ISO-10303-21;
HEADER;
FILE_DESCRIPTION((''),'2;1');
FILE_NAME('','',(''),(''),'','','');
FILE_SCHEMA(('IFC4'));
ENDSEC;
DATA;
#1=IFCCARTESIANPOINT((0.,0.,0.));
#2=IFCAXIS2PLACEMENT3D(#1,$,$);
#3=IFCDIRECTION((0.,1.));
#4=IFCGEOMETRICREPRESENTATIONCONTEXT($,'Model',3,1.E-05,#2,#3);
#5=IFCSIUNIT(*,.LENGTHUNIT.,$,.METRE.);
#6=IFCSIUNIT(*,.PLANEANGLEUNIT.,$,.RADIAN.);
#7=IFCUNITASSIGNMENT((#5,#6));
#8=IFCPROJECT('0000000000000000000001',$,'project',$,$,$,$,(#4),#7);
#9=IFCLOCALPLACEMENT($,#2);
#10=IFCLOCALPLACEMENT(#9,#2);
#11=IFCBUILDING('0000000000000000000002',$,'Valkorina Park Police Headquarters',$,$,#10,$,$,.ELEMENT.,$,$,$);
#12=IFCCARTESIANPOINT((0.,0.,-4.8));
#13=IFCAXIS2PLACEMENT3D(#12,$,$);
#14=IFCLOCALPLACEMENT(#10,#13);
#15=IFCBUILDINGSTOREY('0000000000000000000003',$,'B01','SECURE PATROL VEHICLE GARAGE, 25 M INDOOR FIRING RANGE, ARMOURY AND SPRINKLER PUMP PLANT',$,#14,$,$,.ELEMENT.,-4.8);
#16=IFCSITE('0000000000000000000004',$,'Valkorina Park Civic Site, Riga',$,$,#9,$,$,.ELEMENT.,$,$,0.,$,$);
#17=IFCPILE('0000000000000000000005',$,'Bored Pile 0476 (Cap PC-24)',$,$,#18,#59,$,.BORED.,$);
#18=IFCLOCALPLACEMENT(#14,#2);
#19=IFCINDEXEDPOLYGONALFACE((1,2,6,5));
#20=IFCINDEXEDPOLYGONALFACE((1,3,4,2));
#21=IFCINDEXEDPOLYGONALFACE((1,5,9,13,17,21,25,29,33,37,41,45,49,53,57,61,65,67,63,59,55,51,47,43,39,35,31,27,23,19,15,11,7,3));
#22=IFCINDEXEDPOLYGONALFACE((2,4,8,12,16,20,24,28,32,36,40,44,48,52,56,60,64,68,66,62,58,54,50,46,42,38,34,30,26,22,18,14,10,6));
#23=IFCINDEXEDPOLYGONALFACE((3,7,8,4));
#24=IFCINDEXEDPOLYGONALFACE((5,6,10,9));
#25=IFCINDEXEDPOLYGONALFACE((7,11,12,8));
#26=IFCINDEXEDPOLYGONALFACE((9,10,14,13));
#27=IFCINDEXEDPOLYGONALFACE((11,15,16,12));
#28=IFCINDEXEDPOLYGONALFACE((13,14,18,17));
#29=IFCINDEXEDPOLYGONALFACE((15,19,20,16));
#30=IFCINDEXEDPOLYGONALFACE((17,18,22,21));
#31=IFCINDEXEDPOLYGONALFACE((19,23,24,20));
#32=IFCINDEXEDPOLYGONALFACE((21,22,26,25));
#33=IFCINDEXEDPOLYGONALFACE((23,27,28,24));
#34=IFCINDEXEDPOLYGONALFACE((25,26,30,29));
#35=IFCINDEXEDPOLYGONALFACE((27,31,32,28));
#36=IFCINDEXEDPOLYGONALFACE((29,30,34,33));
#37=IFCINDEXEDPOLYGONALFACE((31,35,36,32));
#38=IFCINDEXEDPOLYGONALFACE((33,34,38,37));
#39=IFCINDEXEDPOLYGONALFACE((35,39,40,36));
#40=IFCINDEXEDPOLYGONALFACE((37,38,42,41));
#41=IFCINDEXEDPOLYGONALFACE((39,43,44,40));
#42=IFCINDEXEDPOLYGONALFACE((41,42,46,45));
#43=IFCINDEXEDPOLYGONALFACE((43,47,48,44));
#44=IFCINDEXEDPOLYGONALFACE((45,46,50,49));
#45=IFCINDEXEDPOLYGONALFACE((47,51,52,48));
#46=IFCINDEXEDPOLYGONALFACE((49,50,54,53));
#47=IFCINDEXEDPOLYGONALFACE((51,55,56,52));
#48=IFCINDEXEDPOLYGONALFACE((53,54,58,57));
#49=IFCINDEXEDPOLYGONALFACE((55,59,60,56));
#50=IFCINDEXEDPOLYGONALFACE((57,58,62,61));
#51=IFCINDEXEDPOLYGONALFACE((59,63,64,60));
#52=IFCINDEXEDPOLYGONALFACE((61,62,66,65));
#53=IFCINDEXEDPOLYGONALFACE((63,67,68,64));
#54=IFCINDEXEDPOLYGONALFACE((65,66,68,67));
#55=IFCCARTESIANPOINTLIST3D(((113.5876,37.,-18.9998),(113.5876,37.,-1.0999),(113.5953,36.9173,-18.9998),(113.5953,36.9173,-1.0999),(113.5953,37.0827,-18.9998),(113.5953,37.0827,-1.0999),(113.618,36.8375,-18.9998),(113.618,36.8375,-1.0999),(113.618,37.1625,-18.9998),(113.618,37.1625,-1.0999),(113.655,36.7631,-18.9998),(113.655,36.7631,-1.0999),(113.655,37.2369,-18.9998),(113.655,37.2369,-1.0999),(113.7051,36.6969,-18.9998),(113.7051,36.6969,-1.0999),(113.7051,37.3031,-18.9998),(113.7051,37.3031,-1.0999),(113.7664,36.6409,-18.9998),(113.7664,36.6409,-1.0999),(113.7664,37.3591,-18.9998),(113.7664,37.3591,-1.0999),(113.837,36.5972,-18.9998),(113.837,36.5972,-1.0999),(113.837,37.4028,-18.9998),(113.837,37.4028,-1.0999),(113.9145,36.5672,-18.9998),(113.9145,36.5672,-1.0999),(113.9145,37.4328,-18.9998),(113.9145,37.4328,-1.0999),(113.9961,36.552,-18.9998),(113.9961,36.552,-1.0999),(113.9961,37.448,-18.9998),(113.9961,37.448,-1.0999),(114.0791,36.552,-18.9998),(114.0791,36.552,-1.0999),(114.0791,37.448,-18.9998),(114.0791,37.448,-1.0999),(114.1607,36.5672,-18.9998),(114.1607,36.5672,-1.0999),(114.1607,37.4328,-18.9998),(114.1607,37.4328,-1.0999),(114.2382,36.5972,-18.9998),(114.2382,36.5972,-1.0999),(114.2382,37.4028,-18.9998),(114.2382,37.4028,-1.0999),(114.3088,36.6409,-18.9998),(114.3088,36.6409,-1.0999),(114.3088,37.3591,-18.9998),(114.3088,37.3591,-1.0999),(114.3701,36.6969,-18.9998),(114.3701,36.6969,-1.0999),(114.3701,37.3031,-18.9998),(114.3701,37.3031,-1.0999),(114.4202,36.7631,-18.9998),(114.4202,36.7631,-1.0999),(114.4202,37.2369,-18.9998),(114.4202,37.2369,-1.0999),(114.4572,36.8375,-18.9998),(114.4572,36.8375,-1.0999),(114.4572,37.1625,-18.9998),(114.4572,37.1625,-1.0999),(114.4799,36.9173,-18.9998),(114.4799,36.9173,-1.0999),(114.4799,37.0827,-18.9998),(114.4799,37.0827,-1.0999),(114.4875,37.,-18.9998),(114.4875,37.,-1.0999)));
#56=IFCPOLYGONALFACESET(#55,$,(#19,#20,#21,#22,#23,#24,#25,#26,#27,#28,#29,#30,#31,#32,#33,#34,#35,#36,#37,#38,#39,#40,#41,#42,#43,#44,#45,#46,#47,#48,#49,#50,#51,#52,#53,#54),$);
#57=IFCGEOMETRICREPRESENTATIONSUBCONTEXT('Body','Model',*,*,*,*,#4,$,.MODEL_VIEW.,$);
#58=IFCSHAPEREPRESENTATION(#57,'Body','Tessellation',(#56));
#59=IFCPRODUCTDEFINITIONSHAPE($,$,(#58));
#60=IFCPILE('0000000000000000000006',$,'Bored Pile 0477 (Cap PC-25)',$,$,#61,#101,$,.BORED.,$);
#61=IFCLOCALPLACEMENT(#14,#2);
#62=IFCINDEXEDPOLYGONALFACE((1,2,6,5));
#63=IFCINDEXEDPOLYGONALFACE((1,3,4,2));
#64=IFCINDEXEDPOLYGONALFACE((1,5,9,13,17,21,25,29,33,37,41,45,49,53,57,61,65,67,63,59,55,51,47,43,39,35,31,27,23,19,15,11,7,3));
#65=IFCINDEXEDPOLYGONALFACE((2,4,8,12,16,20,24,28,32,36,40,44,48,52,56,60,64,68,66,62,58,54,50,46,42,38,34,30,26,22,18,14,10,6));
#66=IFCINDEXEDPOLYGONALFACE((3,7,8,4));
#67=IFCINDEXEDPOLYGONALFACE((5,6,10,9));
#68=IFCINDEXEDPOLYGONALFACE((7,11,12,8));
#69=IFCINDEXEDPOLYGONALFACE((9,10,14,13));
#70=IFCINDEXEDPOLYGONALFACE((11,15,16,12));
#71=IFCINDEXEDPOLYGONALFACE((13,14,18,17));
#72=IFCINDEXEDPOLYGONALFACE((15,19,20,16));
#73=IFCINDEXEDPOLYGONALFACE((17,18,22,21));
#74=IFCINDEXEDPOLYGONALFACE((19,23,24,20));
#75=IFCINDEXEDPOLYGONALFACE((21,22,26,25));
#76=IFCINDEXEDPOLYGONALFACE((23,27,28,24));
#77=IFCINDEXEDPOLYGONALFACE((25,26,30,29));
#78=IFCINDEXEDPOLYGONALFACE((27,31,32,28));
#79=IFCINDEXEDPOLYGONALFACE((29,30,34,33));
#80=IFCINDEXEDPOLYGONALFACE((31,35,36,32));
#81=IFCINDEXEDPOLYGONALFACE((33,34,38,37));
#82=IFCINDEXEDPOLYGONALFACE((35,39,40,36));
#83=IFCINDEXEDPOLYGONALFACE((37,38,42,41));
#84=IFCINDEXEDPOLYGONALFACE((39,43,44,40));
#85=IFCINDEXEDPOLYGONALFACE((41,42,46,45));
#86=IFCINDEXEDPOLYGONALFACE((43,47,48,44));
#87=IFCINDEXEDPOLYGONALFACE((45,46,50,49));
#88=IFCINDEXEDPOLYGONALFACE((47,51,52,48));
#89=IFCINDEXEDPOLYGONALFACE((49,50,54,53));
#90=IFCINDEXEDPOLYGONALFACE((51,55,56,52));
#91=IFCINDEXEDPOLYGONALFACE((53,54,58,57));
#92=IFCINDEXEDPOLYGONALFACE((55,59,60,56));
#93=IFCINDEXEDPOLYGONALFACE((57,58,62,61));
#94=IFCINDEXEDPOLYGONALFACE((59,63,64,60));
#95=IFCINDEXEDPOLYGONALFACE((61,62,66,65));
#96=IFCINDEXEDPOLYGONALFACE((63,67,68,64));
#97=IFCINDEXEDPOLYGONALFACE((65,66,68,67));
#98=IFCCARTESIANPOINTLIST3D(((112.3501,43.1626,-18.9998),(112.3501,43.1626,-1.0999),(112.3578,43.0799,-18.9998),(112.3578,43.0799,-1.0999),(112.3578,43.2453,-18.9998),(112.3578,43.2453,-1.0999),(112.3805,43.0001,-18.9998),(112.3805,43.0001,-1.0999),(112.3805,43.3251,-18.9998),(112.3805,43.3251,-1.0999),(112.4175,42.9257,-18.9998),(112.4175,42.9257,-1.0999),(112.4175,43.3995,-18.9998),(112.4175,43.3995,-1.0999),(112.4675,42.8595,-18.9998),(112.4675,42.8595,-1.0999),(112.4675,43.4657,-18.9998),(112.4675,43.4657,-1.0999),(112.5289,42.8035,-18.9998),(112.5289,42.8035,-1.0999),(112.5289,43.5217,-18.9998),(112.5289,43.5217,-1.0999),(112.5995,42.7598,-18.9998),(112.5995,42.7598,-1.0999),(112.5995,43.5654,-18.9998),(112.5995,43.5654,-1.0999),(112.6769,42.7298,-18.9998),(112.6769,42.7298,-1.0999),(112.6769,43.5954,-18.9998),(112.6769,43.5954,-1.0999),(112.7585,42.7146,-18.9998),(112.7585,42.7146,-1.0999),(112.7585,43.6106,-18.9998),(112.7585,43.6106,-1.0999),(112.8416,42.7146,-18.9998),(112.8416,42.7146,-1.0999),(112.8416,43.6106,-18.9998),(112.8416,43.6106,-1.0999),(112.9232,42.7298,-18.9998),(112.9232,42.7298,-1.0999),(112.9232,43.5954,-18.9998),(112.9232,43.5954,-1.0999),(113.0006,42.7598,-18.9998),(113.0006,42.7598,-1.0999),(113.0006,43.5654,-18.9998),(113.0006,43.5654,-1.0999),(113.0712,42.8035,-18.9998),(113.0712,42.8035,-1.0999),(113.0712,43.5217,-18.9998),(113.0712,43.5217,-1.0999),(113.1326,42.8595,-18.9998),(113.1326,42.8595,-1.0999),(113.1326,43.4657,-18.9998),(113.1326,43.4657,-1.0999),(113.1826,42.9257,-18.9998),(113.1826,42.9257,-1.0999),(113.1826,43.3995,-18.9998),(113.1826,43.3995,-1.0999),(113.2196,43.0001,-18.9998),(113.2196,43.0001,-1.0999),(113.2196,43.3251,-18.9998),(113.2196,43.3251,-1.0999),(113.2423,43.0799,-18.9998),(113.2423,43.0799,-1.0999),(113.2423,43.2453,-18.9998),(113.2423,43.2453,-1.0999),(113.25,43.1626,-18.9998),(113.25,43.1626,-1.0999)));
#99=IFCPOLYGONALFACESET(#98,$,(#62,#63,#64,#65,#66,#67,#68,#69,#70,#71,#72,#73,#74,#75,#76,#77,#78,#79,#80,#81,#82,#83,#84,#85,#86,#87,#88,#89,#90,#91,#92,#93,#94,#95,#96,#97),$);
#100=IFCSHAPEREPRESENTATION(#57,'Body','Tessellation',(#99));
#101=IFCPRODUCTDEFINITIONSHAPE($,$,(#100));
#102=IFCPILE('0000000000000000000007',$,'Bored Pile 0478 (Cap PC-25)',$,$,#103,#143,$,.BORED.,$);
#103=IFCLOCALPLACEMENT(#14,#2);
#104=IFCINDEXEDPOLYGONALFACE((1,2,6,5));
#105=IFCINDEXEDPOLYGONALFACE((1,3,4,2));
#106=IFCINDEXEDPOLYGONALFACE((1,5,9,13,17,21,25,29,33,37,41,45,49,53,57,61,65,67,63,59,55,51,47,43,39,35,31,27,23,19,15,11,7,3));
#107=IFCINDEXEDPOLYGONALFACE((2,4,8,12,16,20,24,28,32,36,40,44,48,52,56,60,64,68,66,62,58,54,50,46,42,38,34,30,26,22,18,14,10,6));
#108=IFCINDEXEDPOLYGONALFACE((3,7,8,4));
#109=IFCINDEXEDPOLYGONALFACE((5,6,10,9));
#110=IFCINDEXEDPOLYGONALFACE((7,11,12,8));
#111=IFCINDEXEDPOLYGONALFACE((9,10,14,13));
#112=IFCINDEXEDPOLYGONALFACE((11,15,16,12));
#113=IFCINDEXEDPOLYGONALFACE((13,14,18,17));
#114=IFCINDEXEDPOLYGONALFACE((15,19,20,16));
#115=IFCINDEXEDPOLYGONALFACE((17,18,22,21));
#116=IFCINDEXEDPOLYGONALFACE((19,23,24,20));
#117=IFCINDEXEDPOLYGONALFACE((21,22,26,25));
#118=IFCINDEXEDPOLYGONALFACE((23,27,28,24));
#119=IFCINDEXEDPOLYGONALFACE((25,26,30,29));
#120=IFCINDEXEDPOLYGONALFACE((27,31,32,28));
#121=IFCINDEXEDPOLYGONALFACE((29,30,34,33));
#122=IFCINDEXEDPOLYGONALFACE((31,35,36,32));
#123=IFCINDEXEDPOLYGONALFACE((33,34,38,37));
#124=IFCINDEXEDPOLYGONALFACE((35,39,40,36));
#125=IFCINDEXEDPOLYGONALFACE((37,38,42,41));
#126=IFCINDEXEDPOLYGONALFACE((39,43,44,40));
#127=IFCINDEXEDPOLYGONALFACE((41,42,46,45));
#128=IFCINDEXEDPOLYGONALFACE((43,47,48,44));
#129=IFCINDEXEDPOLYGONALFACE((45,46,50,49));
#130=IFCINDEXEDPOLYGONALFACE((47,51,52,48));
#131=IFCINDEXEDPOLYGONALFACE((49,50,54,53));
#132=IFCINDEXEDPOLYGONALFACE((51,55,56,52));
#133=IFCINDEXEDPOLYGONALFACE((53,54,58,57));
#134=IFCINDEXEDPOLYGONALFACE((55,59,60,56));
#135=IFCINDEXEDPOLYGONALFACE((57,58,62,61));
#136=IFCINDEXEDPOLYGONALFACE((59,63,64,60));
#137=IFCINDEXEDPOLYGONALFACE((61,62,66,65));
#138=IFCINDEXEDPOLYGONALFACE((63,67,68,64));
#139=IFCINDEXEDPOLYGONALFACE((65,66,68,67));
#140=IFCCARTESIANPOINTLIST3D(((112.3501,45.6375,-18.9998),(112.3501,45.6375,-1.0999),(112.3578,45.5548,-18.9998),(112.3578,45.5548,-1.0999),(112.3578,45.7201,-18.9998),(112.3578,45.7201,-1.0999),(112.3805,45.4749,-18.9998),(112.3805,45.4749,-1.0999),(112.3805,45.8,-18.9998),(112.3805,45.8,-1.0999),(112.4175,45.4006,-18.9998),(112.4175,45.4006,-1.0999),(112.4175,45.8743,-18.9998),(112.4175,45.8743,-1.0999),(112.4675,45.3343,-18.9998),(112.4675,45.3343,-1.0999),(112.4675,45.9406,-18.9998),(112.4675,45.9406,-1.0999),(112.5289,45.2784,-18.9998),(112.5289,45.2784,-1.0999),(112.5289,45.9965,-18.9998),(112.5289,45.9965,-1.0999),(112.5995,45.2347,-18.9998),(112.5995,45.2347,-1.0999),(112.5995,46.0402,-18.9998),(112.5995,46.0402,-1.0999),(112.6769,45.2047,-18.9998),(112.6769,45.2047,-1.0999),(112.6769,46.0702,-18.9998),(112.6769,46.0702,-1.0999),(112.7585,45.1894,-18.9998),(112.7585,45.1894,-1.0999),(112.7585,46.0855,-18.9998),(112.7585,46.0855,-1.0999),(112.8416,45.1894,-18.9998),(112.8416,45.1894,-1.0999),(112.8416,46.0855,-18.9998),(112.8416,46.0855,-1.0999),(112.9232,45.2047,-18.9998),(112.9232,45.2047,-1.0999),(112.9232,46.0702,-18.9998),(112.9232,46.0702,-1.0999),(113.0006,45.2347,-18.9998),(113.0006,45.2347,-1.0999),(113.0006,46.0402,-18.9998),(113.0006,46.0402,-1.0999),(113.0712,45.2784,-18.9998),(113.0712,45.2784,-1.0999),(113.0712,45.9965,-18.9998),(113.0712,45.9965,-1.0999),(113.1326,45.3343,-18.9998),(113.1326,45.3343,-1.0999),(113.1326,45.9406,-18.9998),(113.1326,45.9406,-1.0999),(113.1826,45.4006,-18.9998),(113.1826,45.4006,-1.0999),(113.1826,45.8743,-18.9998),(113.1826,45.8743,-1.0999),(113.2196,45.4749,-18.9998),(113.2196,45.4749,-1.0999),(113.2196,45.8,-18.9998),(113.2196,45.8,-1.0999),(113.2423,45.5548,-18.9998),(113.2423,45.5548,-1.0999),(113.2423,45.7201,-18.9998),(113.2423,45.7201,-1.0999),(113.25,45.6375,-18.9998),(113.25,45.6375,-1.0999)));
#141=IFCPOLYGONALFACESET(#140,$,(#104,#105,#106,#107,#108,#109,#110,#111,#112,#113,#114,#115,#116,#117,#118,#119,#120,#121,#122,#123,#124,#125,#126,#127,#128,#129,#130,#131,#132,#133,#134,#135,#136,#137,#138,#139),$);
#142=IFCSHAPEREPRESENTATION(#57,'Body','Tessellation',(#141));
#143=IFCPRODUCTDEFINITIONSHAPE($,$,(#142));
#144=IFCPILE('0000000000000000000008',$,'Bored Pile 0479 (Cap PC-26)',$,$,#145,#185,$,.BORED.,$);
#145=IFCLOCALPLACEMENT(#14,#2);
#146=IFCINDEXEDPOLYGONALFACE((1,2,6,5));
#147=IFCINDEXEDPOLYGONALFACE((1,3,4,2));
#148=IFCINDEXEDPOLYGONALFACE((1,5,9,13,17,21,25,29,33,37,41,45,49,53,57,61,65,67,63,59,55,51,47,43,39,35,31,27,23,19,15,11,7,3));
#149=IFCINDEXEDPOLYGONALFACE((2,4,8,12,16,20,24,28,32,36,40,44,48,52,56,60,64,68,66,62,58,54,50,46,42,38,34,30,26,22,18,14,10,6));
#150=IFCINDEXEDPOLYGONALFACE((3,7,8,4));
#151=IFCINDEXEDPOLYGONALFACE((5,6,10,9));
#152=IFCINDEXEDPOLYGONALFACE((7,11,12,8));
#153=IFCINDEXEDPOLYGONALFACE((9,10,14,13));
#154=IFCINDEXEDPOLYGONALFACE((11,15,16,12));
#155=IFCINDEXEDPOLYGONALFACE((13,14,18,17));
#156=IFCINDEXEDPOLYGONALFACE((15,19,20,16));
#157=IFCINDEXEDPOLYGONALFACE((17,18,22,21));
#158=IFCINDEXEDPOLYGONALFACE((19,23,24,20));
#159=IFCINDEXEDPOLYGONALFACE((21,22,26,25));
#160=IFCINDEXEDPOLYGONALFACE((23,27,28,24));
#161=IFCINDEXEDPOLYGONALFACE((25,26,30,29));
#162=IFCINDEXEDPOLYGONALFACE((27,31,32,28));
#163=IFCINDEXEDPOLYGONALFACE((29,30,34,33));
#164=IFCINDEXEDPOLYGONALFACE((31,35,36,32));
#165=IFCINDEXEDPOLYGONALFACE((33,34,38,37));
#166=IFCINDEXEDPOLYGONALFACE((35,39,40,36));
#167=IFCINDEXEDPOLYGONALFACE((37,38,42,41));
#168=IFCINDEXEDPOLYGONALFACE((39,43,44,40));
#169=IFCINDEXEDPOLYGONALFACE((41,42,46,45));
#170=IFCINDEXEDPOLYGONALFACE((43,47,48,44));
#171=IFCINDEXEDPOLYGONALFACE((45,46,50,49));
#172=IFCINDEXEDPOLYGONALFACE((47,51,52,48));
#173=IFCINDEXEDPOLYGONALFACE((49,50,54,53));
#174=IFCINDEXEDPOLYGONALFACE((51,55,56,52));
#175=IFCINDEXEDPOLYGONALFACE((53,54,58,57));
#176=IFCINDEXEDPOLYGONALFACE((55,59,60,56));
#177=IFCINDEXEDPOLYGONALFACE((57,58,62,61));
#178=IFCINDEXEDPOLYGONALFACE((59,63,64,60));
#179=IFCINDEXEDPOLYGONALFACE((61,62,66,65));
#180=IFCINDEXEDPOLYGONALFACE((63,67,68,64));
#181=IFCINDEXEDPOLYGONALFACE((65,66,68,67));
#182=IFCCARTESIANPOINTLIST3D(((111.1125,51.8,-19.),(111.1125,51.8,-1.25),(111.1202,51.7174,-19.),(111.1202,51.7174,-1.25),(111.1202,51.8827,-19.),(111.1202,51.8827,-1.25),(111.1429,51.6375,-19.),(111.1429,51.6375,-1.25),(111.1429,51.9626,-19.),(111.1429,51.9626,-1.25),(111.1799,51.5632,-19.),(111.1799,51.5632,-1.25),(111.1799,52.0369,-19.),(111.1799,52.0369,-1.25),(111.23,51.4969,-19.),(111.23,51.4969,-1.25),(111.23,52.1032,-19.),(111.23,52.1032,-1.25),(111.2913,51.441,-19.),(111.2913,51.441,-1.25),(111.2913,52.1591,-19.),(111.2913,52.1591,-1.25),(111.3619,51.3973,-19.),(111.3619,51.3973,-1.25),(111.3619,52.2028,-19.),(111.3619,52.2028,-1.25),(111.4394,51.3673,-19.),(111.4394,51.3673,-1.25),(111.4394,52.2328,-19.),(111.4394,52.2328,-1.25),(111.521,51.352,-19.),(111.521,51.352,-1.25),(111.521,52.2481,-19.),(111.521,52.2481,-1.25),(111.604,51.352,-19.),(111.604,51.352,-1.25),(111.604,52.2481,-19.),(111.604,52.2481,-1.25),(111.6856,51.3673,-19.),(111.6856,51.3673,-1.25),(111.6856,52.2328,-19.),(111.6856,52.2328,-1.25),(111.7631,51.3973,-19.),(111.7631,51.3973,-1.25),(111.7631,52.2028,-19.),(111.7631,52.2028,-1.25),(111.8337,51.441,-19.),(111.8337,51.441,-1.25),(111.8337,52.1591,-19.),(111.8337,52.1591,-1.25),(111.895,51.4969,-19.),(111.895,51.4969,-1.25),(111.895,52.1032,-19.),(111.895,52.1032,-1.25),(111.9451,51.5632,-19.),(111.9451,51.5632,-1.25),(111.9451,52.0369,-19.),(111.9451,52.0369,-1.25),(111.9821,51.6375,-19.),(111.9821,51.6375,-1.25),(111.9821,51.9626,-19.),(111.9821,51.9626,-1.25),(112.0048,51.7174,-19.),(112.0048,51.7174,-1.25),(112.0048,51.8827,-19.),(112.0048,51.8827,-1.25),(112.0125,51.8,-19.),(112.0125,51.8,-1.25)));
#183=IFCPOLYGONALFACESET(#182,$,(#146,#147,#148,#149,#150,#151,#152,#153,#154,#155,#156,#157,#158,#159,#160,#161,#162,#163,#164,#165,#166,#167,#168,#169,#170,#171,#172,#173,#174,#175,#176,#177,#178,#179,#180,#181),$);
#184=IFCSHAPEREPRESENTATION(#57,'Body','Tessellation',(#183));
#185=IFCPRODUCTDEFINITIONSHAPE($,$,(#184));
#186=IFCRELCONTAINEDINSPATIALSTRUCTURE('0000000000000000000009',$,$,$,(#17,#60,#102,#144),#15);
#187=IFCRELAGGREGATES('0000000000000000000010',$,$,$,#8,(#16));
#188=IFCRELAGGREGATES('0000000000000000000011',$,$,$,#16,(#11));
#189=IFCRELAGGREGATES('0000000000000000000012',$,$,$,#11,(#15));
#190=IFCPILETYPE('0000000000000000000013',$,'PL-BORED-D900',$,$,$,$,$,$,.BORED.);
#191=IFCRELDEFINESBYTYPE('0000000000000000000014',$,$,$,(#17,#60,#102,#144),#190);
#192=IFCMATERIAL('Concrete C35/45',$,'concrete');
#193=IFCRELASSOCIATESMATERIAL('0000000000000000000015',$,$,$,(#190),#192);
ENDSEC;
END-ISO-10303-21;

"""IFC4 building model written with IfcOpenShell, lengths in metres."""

from ifc_helpers import new_model, si_unit, direction, frame, origin, origin_2d, place, context, subcontext, project, spatial, circle, extrude, material, material_profile, profile_set, type_object, element, save


model = new_model("IFC4")

# Units and contexts
model_context = context("Model", 3, precision=1e-05, world=origin(), true_north=direction((0.0, 1.0)))
body_context = subcontext(model_context, "Body", "Model", "MODEL_VIEW")
ifc_project = project(units=[si_unit("LENGTHUNIT", "METRE"), si_unit("PLANEANGLEUNIT", "RADIAN")], contexts=[model_context])

# Site, building, storey
site_placement = place(None, origin())
site = spatial("IfcSite", under=ifc_project, at=site_placement, Name="Valkorina Park Civic Site, Riga", CompositionType="ELEMENT", RefElevation=0.0)
building_placement = place(site_placement, origin())
building = spatial("IfcBuilding", under=site, at=building_placement, Name="Valkorina Park Police Headquarters", CompositionType="ELEMENT")
storey_placement = place(building_placement, frame((0.0, 0.0, -4.8)))
storey = spatial("IfcBuildingStorey", under=building, at=storey_placement, Name="B01", Description="SECURE PATROL VEHICLE GARAGE, 25 M INDOOR FIRING RANGE, ARMOURY AND SPRINKLER PUMP PLANT", CompositionType="ELEMENT", Elevation=-4.8)

# Piles
ifc_material_1 = material(Name="Concrete C35/45", Category="concrete")
ifc_material_profile_1 = material_profile(ifc_material_1, circle(Radius=0.45, at=origin_2d()), Name="BORED PILE D900")
ifc_profile_set_1 = profile_set([ifc_material_profile_1], Name="Concrete C35/45")
pile_type_1 = type_object("IfcPileType", Name="PL-BORED-D900", PredefinedType="BORED", material=ifc_profile_set_1)
for number, where, z_axis, x_axis, name in (
    (1, (114.0376, 37.0, -1.0999), (0.0, 0.0, -1.0), (1.0, 0.0, 0.0), "Bored Pile 0476 (Cap PC-24)"),
    (2, (112.8, 43.1626, -1.0999), (0.0, 0.0, -1.0), (1.0, 0.0, 0.0), "Bored Pile 0477 (Cap PC-25)"),
    (3, (112.8, 45.6375, -1.0999), (0.0, 0.0, -1.0), (1.0, 0.0, 0.0), "Bored Pile 0478 (Cap PC-25)"),
):
    element("IfcPile", number, at=place(storey_placement, frame(where, z_axis=z_axis, x_axis=x_axis)), inside=storey, type_object=pile_type_1, Name=name, PredefinedType="BORED", context=body_context, shape_type="SweptSolid", body=[
        extrude(circle(Radius=0.45, at=origin_2d()), origin(), (0.0, 0.0, 1.0), 17.8999),
    ])
for number, where, z_axis, x_axis, name in (
    (4, (111.5625, 51.8, -1.25), (0.0, 0.0, -1.0), (1.0, 0.0, 0.0), "Bored Pile 0479 (Cap PC-26)"),
):
    element("IfcPile", number, at=place(storey_placement, frame(where, z_axis=z_axis, x_axis=x_axis)), inside=storey, type_object=pile_type_1, Name=name, PredefinedType="BORED", context=body_context, shape_type="SweptSolid", body=[
        extrude(circle(Radius=0.45, at=origin_2d()), origin(), (0.0, 0.0, 1.0), 17.75),
    ])

save(model, "model.ifc")
